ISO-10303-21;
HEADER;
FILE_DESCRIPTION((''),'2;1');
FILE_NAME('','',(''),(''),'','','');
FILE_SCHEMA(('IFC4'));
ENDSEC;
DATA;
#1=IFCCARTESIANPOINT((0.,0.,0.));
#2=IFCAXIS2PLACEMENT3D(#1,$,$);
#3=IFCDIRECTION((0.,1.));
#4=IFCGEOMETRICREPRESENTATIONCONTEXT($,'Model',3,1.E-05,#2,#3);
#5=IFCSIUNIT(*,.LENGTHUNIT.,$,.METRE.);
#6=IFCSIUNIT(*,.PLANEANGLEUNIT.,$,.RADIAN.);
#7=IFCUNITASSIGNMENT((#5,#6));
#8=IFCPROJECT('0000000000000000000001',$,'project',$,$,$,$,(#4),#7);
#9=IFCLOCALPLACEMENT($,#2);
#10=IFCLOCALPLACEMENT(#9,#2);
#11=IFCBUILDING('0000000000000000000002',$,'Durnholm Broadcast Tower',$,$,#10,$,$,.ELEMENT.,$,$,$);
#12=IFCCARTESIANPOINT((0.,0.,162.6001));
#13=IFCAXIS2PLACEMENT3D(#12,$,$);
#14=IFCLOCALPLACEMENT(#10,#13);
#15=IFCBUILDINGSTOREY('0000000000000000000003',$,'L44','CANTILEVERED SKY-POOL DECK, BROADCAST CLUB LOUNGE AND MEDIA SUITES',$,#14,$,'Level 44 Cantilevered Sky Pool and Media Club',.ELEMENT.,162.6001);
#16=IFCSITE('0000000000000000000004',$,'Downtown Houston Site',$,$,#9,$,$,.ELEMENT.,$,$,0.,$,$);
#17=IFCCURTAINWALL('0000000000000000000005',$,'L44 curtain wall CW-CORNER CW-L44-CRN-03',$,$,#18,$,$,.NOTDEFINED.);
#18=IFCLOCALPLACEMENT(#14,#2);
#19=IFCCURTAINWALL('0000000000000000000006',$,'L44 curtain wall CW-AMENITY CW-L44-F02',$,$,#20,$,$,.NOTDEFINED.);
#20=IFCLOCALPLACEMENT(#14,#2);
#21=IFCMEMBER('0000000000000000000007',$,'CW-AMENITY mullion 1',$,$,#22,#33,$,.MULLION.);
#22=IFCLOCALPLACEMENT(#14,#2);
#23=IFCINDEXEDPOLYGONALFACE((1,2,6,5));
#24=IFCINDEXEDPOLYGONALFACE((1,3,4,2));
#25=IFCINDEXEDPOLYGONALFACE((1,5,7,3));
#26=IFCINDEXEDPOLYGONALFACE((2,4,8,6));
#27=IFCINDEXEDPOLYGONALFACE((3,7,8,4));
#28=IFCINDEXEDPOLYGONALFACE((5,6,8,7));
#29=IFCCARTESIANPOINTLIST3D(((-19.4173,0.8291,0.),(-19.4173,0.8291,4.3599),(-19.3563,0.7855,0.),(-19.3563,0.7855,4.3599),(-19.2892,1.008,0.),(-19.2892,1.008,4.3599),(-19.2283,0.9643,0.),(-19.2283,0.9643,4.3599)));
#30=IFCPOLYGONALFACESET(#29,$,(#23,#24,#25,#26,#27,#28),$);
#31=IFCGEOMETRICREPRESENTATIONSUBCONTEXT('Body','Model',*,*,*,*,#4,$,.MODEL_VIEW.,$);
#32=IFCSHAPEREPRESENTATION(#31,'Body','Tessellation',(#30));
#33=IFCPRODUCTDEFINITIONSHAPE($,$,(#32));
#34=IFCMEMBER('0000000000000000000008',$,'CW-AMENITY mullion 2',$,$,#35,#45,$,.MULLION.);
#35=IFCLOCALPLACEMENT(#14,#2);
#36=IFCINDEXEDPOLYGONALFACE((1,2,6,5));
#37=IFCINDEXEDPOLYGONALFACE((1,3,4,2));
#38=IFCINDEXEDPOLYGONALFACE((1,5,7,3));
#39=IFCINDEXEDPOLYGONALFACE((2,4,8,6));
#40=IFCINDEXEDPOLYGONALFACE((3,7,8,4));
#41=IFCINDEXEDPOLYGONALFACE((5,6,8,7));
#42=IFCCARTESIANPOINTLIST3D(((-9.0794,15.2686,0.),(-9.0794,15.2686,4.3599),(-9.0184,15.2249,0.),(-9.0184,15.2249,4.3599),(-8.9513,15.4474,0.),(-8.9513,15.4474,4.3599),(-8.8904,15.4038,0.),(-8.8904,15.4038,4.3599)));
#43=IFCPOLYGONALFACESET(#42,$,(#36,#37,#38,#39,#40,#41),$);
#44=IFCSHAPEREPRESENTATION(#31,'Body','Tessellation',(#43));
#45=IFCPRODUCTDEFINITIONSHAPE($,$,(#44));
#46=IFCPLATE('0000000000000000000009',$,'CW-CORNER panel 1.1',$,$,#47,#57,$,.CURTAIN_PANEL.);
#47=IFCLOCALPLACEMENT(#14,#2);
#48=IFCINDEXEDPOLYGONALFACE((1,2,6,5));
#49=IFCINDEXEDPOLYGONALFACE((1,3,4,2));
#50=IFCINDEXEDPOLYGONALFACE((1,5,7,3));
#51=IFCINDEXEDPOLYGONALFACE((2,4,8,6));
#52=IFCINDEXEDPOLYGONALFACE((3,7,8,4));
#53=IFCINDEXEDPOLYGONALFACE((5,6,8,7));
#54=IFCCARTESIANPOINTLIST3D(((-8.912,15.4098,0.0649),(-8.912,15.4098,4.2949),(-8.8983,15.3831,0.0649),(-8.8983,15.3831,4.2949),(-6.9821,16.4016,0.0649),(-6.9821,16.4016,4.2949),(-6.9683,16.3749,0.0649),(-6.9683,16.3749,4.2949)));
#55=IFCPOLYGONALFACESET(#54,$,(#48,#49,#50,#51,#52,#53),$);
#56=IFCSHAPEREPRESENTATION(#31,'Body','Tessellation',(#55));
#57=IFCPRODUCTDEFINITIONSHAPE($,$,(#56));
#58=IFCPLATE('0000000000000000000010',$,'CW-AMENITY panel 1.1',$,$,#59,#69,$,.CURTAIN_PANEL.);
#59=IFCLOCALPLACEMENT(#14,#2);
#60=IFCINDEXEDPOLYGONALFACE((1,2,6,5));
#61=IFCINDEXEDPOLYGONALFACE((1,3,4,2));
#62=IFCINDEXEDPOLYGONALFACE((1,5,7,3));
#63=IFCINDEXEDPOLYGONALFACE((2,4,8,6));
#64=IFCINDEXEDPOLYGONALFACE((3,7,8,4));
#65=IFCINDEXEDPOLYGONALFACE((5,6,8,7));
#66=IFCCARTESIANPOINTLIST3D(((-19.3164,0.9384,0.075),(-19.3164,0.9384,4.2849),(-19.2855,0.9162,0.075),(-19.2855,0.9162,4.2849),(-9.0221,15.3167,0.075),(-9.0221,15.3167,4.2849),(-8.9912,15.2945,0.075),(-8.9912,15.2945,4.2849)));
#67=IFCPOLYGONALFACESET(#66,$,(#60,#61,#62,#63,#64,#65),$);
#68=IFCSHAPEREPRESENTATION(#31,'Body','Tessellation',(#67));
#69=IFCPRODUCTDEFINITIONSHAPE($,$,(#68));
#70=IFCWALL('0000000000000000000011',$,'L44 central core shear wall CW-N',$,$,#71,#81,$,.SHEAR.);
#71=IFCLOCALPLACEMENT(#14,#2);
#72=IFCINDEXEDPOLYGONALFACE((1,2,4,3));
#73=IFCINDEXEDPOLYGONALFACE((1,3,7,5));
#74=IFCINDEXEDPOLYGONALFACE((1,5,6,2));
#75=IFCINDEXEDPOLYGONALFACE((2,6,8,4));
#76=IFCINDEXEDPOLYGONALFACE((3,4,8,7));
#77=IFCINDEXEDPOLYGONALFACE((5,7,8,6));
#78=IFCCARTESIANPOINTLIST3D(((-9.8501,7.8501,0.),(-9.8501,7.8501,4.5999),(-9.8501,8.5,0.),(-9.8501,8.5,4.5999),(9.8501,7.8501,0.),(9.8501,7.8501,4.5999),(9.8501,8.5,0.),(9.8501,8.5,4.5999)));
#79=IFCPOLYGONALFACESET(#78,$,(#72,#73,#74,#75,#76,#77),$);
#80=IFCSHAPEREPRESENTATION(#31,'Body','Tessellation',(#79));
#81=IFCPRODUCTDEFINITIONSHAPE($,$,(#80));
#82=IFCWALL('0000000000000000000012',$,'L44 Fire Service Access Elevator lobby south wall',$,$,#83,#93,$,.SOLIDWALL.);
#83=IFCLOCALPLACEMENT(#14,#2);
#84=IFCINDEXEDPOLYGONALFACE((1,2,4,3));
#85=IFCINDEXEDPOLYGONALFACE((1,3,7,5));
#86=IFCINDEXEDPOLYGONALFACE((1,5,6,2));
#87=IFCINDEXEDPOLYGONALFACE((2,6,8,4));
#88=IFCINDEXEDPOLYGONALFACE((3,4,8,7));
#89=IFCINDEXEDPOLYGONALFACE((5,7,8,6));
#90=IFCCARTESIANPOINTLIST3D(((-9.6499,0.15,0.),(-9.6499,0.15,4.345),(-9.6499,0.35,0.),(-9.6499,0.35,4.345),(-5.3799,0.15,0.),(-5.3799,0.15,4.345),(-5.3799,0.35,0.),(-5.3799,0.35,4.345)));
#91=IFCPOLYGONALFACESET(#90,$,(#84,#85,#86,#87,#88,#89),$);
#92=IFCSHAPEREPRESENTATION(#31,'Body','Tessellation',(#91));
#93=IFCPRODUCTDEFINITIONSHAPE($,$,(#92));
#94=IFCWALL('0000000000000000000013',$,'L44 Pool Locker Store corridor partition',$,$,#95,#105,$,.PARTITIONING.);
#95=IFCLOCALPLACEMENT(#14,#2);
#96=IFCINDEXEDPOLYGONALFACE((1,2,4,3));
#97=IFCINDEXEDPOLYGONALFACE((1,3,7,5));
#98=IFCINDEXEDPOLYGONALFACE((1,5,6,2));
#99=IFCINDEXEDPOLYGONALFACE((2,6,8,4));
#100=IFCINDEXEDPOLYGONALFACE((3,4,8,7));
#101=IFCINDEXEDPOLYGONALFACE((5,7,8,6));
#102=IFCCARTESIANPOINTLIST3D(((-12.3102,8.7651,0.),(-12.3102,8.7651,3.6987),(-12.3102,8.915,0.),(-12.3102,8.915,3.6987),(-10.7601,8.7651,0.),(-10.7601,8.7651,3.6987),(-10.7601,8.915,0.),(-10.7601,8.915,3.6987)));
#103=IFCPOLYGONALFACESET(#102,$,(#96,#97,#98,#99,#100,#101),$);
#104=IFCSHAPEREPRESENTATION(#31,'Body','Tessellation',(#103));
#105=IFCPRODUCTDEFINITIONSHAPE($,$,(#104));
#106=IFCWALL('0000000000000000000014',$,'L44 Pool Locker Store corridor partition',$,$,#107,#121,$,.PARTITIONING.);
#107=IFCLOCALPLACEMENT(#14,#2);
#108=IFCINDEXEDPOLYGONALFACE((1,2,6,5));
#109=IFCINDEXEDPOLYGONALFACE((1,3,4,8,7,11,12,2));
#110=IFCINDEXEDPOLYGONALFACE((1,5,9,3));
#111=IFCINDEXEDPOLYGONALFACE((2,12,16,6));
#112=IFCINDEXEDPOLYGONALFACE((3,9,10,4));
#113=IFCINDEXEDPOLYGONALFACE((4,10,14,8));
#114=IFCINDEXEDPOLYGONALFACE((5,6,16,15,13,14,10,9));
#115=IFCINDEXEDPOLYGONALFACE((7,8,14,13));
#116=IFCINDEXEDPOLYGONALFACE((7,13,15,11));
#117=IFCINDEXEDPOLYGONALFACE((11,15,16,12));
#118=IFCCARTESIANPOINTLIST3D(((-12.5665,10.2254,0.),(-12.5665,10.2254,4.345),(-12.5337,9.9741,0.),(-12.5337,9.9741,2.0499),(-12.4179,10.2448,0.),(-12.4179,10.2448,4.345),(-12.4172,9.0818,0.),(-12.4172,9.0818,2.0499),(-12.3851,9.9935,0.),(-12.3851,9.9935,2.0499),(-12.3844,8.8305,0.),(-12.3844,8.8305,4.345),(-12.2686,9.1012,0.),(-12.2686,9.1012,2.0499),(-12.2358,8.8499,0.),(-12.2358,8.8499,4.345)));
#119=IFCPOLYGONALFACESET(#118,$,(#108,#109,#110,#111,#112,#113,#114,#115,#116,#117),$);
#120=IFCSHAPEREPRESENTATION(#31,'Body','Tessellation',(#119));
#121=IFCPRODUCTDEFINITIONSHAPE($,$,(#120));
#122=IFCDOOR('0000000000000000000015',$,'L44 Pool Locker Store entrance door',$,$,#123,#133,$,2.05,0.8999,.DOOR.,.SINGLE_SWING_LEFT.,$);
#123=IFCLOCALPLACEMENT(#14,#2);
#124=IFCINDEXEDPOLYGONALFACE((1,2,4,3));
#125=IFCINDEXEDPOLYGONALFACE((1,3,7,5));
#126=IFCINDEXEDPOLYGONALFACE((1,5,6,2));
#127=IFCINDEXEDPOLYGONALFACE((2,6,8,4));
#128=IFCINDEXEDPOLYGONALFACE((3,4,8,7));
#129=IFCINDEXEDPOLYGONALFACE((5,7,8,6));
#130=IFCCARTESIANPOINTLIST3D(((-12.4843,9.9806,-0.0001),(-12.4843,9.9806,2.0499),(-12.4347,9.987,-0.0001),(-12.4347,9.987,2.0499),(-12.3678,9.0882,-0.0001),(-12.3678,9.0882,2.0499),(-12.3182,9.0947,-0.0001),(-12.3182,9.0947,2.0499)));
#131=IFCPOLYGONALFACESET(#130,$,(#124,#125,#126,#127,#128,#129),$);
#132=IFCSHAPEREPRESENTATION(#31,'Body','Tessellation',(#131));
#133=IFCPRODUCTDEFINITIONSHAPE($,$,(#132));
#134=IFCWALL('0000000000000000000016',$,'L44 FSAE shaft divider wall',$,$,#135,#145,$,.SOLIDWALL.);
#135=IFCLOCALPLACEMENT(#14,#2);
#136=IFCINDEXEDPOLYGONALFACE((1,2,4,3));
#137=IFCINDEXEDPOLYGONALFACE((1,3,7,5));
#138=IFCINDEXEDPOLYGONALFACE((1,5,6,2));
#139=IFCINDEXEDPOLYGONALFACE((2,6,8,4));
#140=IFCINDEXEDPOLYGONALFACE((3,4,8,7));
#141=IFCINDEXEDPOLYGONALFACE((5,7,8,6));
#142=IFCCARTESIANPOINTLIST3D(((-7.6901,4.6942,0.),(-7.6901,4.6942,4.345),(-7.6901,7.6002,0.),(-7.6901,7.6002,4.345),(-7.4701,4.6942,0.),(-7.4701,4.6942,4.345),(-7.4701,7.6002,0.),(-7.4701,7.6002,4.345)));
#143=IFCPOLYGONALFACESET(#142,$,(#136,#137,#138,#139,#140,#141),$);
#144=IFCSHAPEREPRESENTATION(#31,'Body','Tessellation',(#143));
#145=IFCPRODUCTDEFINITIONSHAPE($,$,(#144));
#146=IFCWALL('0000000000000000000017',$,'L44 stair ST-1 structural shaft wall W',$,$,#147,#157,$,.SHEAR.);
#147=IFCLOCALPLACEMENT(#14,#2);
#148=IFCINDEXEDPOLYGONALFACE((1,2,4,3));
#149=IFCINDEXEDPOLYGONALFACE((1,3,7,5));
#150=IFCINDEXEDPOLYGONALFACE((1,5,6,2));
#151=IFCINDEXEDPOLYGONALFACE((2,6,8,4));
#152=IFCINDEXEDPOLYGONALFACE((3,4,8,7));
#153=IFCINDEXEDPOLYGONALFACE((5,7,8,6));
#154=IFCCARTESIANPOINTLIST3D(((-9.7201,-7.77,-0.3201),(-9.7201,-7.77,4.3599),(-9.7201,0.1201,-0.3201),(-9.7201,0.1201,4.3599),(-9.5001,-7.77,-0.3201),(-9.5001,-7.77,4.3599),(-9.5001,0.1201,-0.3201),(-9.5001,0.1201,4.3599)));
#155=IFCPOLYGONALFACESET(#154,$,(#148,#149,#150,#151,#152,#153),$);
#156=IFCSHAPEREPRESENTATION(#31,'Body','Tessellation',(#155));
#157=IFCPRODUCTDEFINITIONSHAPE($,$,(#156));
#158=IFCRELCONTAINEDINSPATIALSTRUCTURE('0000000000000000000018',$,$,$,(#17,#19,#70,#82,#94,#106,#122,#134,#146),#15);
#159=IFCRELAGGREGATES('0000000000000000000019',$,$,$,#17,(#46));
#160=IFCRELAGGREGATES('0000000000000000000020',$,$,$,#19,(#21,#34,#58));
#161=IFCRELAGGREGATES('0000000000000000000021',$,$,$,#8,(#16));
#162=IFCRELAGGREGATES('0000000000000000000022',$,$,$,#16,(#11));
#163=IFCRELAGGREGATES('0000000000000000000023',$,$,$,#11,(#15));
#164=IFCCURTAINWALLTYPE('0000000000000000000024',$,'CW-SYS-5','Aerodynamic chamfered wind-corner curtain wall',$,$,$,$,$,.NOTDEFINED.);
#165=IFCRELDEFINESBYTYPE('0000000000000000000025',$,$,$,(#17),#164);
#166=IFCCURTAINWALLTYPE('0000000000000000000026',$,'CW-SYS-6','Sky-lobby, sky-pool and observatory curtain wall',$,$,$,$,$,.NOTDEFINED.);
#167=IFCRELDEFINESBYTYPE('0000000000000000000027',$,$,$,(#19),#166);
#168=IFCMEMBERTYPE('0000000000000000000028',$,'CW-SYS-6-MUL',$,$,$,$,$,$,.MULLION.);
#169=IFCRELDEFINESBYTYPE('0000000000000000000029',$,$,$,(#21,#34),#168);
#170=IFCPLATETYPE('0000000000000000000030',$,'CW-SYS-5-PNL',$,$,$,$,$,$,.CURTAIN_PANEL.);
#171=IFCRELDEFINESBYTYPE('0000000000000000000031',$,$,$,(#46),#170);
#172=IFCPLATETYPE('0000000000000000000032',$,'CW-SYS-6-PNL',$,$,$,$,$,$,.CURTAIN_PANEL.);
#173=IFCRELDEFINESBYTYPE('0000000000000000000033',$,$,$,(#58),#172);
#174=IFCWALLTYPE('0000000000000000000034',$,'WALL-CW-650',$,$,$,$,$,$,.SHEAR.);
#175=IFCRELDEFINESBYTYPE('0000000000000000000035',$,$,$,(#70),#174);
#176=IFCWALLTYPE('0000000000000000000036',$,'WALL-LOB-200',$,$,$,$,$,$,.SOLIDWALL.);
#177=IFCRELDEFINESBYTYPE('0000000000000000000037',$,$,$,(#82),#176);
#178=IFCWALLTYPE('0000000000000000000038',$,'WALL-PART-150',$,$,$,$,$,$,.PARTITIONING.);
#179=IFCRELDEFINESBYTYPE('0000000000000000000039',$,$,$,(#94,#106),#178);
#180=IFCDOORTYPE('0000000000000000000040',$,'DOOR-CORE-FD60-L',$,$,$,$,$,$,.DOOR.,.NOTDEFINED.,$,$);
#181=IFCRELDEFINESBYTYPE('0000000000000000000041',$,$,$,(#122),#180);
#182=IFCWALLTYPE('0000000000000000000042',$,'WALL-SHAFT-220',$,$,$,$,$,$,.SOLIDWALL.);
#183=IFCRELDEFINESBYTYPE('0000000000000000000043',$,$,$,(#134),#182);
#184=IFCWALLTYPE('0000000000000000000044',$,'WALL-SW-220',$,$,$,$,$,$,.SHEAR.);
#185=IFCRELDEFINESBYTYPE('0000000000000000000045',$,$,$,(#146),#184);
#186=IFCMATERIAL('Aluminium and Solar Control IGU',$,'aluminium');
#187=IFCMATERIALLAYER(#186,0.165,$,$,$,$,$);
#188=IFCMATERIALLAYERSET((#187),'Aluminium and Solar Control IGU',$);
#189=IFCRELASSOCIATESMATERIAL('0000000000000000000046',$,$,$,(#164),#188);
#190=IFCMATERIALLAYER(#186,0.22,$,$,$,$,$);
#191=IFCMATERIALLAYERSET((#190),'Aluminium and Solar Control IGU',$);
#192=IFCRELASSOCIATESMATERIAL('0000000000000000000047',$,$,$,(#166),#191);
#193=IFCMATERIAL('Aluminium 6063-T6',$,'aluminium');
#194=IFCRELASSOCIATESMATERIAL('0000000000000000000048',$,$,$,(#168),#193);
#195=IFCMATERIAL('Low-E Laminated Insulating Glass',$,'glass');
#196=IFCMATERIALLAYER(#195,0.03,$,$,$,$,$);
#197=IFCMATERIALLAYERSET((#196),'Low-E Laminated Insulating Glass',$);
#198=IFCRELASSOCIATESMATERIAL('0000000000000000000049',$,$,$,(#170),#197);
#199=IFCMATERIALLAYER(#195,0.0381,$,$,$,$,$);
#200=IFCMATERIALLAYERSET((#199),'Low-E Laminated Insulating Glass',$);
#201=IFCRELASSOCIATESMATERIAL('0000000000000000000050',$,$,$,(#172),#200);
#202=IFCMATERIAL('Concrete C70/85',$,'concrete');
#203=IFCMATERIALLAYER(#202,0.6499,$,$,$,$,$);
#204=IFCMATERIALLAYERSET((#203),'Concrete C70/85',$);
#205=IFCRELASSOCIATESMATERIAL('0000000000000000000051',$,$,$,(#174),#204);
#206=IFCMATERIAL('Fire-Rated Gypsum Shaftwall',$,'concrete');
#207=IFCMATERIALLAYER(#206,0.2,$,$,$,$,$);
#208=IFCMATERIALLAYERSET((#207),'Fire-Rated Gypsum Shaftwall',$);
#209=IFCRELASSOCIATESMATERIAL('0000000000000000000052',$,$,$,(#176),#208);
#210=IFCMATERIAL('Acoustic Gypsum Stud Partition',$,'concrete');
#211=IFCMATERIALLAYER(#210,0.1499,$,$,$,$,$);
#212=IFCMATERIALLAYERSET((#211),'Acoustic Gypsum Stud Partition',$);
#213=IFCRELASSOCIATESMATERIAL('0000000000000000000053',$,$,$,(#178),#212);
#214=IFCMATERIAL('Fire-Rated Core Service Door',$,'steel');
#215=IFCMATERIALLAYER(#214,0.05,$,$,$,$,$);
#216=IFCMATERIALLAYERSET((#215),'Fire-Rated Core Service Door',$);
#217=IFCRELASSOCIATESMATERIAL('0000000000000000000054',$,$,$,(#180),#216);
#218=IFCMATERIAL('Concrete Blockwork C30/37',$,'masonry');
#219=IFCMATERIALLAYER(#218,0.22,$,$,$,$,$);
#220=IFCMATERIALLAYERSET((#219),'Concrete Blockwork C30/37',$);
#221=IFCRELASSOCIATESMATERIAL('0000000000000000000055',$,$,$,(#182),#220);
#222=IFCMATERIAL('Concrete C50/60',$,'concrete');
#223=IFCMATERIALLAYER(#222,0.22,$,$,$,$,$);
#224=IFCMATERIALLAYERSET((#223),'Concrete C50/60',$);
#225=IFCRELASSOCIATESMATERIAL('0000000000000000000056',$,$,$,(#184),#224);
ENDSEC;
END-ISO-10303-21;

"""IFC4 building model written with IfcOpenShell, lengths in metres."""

from ifc_helpers import new_model, si_unit, direction, frame, frame_2d, origin, origin_2d, place, context, subcontext, project, spatial, rectangle, extrude, source, transform, mapped, material, layer, layer_set, material_profile, profile_set, type_object, type_shapes, element, fill, aggregate, save


model = new_model("IFC4")

# Units and contexts
model_context = context("Model", 3, precision=1e-05, world=origin(), true_north=direction((0.0, 1.0)))
body_context = subcontext(model_context, "Body", "Model", "MODEL_VIEW")
ifc_project = project(units=[si_unit("LENGTHUNIT", "METRE"), si_unit("PLANEANGLEUNIT", "RADIAN")], contexts=[model_context])

# Site, building, storey
site_placement = place(None, origin())
site = spatial("IfcSite", under=ifc_project, at=site_placement, Name="Downtown Houston Site", CompositionType="ELEMENT", RefElevation=0.0)
building_placement = place(site_placement, origin())
building = spatial("IfcBuilding", under=site, at=building_placement, Name="Durnholm Broadcast Tower", CompositionType="ELEMENT")
storey_placement = place(building_placement, frame((0.0, 0.0, 162.6001)))
storey = spatial("IfcBuildingStorey", under=building, at=storey_placement, Name="L44", Description="CANTILEVERED SKY-POOL DECK, BROADCAST CLUB LOUNGE AND MEDIA SUITES", LongName="Level 44 Cantilevered Sky Pool and Media Club", CompositionType="ELEMENT", Elevation=162.6001)

# Shared definitions
ifc_material_1 = material(Name="Concrete C70/85", Category="concrete")

# Curtain walls
ifc_material_2 = material(Name="Aluminium and Solar Control IGU", Category="aluminium")
ifc_layer_1 = layer(ifc_material_2, 0.165)
ifc_layer_set_1 = layer_set([ifc_layer_1], Name="Aluminium and Solar Control IGU")
curtain_wall_type_1 = type_object("IfcCurtainWallType", Name="CW-SYS-5", Description="Aerodynamic chamfered wind-corner curtain wall", PredefinedType="NOTDEFINED", material=ifc_layer_set_1)
curtain_wall_1_placement = place(storey_placement, origin())
curtain_wall_1 = element("IfcCurtainWall", 1, at=curtain_wall_1_placement, inside=storey, type_object=curtain_wall_type_1, Name="L44 curtain wall CW-CORNER CW-L44-CRN-03", PredefinedType="NOTDEFINED")
ifc_material_3 = material(Name="Aluminium 6063-T6", Category="aluminium")
ifc_layer_2 = layer(ifc_material_2, 0.22)
ifc_layer_set_2 = layer_set([ifc_layer_2], Name="Aluminium and Solar Control IGU")
curtain_wall_type_2 = type_object("IfcCurtainWallType", Name="CW-SYS-6", Description="Sky-lobby, sky-pool and observatory curtain wall", PredefinedType="NOTDEFINED", material=ifc_layer_set_2)
curtain_wall_2_placement = place(storey_placement, origin())
curtain_wall_2 = element("IfcCurtainWall", 2, at=curtain_wall_2_placement, inside=storey, type_object=curtain_wall_type_2, Name="L44 curtain wall CW-AMENITY CW-L44-F02", PredefinedType="NOTDEFINED")

# Members
ifc_material_profile_1 = material_profile(ifc_material_3, rectangle(XDim=0.075, YDim=0.22, at=origin_2d()), Name="CWM75X220")
ifc_profile_set_1 = profile_set([ifc_material_profile_1], Name="Aluminium 6063-T6")
member_type_1 = type_object("IfcMemberType", Name="CW-SYS-6-MUL", PredefinedType="MULLION", material=ifc_profile_set_1)
shared_shape_1 = source(origin(), body_context, "Body", "SweptSolid", [
    extrude(rectangle(XDim=0.075, YDim=0.22, at=origin_2d()), origin(), (0.0, 0.0, 1.0), 4.3599),
])
type_shapes(member_type_1, [shared_shape_1])
member_1_placement = place(storey_placement, frame((-19.3228, 0.8967, 0.0), z_axis=(0.0, 0.0, 1.0), x_axis=(-0.813089, 0.582139, 0.0)))
member_1 = element("IfcMember", 3, at=member_1_placement, type_object=member_type_1, Name="CW-AMENITY mullion 1", PredefinedType="MULLION", context=body_context, shape_type="MappedRepresentation", body=[
    mapped(shared_shape_1, transform((0.0, 0.0, 0.0), x_axis=(1.0, 0.0, 0.0), y_axis=(0.0, 1.0, 0.0), z_axis=(0.0, 0.0, 1.0), scale=1.0)),
])
member_2_placement = place(storey_placement, frame((-8.9849, 15.3362, 0.0), z_axis=(0.0, 0.0, 1.0), x_axis=(-0.813089, 0.582139, 0.0)))
member_2 = element("IfcMember", 4, at=member_2_placement, type_object=member_type_1, Name="CW-AMENITY mullion 2", PredefinedType="MULLION", context=body_context, shape_type="MappedRepresentation", body=[
    mapped(shared_shape_1, transform((0.0, 0.0, 0.0), x_axis=(1.0, 0.0, 0.0), y_axis=(0.0, 1.0, 0.0), z_axis=(0.0, 0.0, 1.0), scale=1.0)),
])

# Plates
ifc_material_4 = material(Name="Low-E Laminated Insulating Glass", Category="glass")
ifc_layer_3 = layer(ifc_material_4, 0.03)
ifc_layer_set_3 = layer_set([ifc_layer_3], Name="Low-E Laminated Insulating Glass")
plate_type_1 = type_object("IfcPlateType", Name="CW-SYS-5-PNL", PredefinedType="CURTAIN_PANEL", material=ifc_layer_set_3)
shared_shape_2 = source(origin(), body_context, "Body", "SweptSolid", [
    extrude(rectangle(XDim=2.1699, YDim=0.03, at=origin_2d()), origin(), (0.0, 0.0, 1.0), 4.23),
])
type_shapes(plate_type_1, [shared_shape_2])
plate_1_placement = place(storey_placement, frame((-7.9402, 15.8923, 0.0649), z_axis=(0.0, 0.0, 1.0), x_axis=(0.889425, 0.457082, 0.0)))
plate_1 = element("IfcPlate", 5, at=plate_1_placement, type_object=plate_type_1, Name="CW-CORNER panel 1.1", PredefinedType="CURTAIN_PANEL", context=body_context, shape_type="MappedRepresentation", body=[
    mapped(shared_shape_2, transform((0.0, 0.0, 0.0), x_axis=(1.0, 0.0, 0.0), y_axis=(0.0, 1.0, 0.0), z_axis=(0.0, 0.0, 1.0), scale=1.0)),
])
aggregate(curtain_wall_1, [plate_1])
ifc_layer_4 = layer(ifc_material_4, 0.0381)
ifc_layer_set_4 = layer_set([ifc_layer_4], Name="Low-E Laminated Insulating Glass")
plate_type_2 = type_object("IfcPlateType", Name="CW-SYS-6-PNL", PredefinedType="CURTAIN_PANEL", material=ifc_layer_set_4)
shared_shape_3 = source(origin(), body_context, "Body", "SweptSolid", [
    extrude(rectangle(XDim=17.6836, YDim=0.0381, at=origin_2d()), origin(), (0.0, 0.0, 1.0), 4.21),
])
type_shapes(plate_type_2, [shared_shape_3])
plate_2_placement = place(storey_placement, frame((-14.1538, 8.1165, 0.075), z_axis=(0.0, 0.0, 1.0), x_axis=(0.582139, 0.813089, 0.0)))
plate_2 = element("IfcPlate", 6, at=plate_2_placement, type_object=plate_type_2, Name="CW-AMENITY panel 1.1", PredefinedType="CURTAIN_PANEL", context=body_context, shape_type="MappedRepresentation", body=[
    mapped(shared_shape_3, transform((0.0, 0.0, 0.0), x_axis=(1.0, 0.0, 0.0), y_axis=(0.0, 1.0, 0.0), z_axis=(0.0, 0.0, 1.0), scale=1.0)),
])
aggregate(curtain_wall_2, [member_1, member_2, plate_2])

# Walls
ifc_layer_5 = layer(ifc_material_1, 0.6499)
ifc_layer_set_5 = layer_set([ifc_layer_5], Name="Concrete C70/85")
wall_type_1 = type_object("IfcWallType", Name="WALL-CW-650", PredefinedType="SHEAR", material=ifc_layer_set_5)
wall_1_placement = place(storey_placement, frame((-9.8501, 8.175, 0.0), z_axis=(0.0, 0.0, 1.0), x_axis=(1.0, 0.0, 0.0)))
element("IfcWall", 7, at=wall_1_placement, inside=storey, type_object=wall_type_1, Name="L44 central core shear wall CW-N", PredefinedType="SHEAR", context=body_context, shape_type="SweptSolid", body=[
    extrude(rectangle(XDim=19.7002, YDim=0.6499, at=frame_2d((9.8501, 0.0))), origin(), (0.0, 0.0, 1.0), 4.5999),
])
ifc_material_5 = material(Name="Fire-Rated Gypsum Shaftwall", Category="concrete")
ifc_layer_6 = layer(ifc_material_5, 0.2)
ifc_layer_set_6 = layer_set([ifc_layer_6], Name="Fire-Rated Gypsum Shaftwall")
wall_type_2 = type_object("IfcWallType", Name="WALL-LOB-200", PredefinedType="SOLIDWALL", material=ifc_layer_set_6)
wall_2_placement = place(storey_placement, frame((-9.6499, 0.25, 0.0), z_axis=(0.0, 0.0, 1.0), x_axis=(1.0, 0.0, 0.0)))
element("IfcWall", 8, at=wall_2_placement, inside=storey, type_object=wall_type_2, Name="L44 Fire Service Access Elevator lobby south wall", PredefinedType="SOLIDWALL", context=body_context, shape_type="SweptSolid", body=[
    extrude(rectangle(XDim=4.27, YDim=0.2, at=frame_2d((2.135, 0.0))), origin(), (0.0, 0.0, 1.0), 4.345),
])
ifc_material_6 = material(Name="Acoustic Gypsum Stud Partition", Category="concrete")
ifc_layer_7 = layer(ifc_material_6, 0.1499)
ifc_layer_set_7 = layer_set([ifc_layer_7], Name="Acoustic Gypsum Stud Partition")
wall_type_3 = type_object("IfcWallType", Name="WALL-PART-150", PredefinedType="PARTITIONING", material=ifc_layer_set_7)
wall_3_placement = place(storey_placement, frame((-12.3101, 8.8401, 0.0), z_axis=(0.0, 0.0, 1.0), x_axis=(1.0, 0.0, 0.0)))
element("IfcWall", 9, at=wall_3_placement, inside=storey, type_object=wall_type_3, Name="L44 Pool Locker Store corridor partition", PredefinedType="PARTITIONING", context=body_context, shape_type="SweptSolid", body=[
    extrude(rectangle(XDim=1.55, YDim=0.1499, at=frame_2d((0.7749, 0.0))), origin(), (0.0, 0.0, 1.0), 3.6987),
])

# Wall, opening, door
wall_4_placement = place(storey_placement, frame((-12.4922, 10.2351, 0.0), z_axis=(0.0, 0.0, 1.0), x_axis=(0.129458, -0.991585, 0.0)))
wall_4 = element("IfcWall", 10, at=wall_4_placement, inside=storey, type_object=wall_type_3, Name="L44 Pool Locker Store corridor partition", PredefinedType="PARTITIONING", context=body_context, shape_type="SweptSolid", body=[
    extrude(rectangle(XDim=1.4067, YDim=0.1499, at=frame_2d((0.7034, 0.0))), origin(), (0.0, 0.0, 1.0), 4.345),
])
opening_1_placement = place(wall_4_placement, frame((0.2534, 0.0, 0.0)))
opening_1 = element("IfcOpeningElement", 11, at=opening_1_placement, cuts=wall_4, PredefinedType="OPENING", context=body_context, shape_type="SweptSolid", body=[
    extrude(rectangle(XDim=0.8999, YDim=2.05, at=frame_2d((0.45, 1.0249))), frame((0.0, 0.085, 0.0), z_axis=(0.0, -1.0, 0.0), x_axis=(1.0, 0.0, 0.0)), (0.0, 0.0, 1.0), 0.1699),
])
ifc_material_7 = material(Name="Fire-Rated Core Service Door", Category="steel")
ifc_layer_8 = layer(ifc_material_7, 0.05)
ifc_layer_set_8 = layer_set([ifc_layer_8], Name="Fire-Rated Core Service Door")
door_type_1 = type_object("IfcDoorType", Name="DOOR-CORE-FD60-L", OperationType="NOTDEFINED", PredefinedType="DOOR", material=ifc_layer_set_8)
shared_shape_4 = source(origin(), body_context, "Body", "SweptSolid", [
    extrude(rectangle(XDim=0.8999, YDim=2.05, at=frame_2d((0.45, 1.0249))), frame((0.0, 0.0249, 0.0), z_axis=(0.0, -1.0, 0.0), x_axis=(1.0, 0.0, 0.0)), (0.0, 0.0, 1.0), 0.05),
])
type_shapes(door_type_1, [shared_shape_4])
door_1_placement = place(opening_1_placement, origin())
door_1 = element("IfcDoor", 12, at=door_1_placement, inside=storey, type_object=door_type_1, Name="L44 Pool Locker Store entrance door", OperationType="SINGLE_SWING_LEFT", OverallHeight=2.05, OverallWidth=0.8999, PredefinedType="DOOR", context=body_context, shape_type="MappedRepresentation", body=[
    mapped(shared_shape_4, transform((0.0, 0.0, 0.0), x_axis=(1.0, 0.0, 0.0), y_axis=(0.0, 1.0, 0.0), z_axis=(0.0, 0.0, 1.0), scale=1.0)),
])
fill(opening_1, door_1)

# Shared definitions
ifc_material_8 = material(Name="Concrete Blockwork C30/37", Category="masonry")
ifc_layer_9 = layer(ifc_material_8, 0.22)
ifc_layer_set_9 = layer_set([ifc_layer_9], Name="Concrete Blockwork C30/37")
wall_type_4 = type_object("IfcWallType", Name="WALL-SHAFT-220", PredefinedType="SOLIDWALL", material=ifc_layer_set_9)

# Walls
wall_5_placement = place(storey_placement, frame((-7.5801, 4.6941, 0.0), z_axis=(0.0, 0.0, 1.0), x_axis=(0.0, 1.0, 0.0)))
element("IfcWall", 13, at=wall_5_placement, inside=storey, type_object=wall_type_4, Name="L44 FSAE shaft divider wall", PredefinedType="SOLIDWALL", context=body_context, shape_type="SweptSolid", body=[
    extrude(rectangle(XDim=2.906, YDim=0.22, at=frame_2d((1.4531, 0.0))), origin(), (0.0, 0.0, 1.0), 4.345),
])
ifc_material_9 = material(Name="Concrete C50/60", Category="concrete")
ifc_layer_10 = layer(ifc_material_9, 0.22)
ifc_layer_set_10 = layer_set([ifc_layer_10], Name="Concrete C50/60")
wall_type_5 = type_object("IfcWallType", Name="WALL-SW-220", PredefinedType="SHEAR", material=ifc_layer_set_10)
wall_6_placement = place(storey_placement, frame((-9.6101, 0.1201, -0.3201), z_axis=(0.0, 0.0, 1.0), x_axis=(0.0, -1.0, 0.0)))
element("IfcWall", 14, at=wall_6_placement, inside=storey, type_object=wall_type_5, Name="L44 stair ST-1 structural shaft wall W", PredefinedType="SHEAR", context=body_context, shape_type="SweptSolid", body=[
    extrude(rectangle(XDim=7.8901, YDim=0.22, at=frame_2d((3.9451, 0.0))), origin(), (0.0, 0.0, 1.0), 4.6799),
])

save(model, "model.ifc")
